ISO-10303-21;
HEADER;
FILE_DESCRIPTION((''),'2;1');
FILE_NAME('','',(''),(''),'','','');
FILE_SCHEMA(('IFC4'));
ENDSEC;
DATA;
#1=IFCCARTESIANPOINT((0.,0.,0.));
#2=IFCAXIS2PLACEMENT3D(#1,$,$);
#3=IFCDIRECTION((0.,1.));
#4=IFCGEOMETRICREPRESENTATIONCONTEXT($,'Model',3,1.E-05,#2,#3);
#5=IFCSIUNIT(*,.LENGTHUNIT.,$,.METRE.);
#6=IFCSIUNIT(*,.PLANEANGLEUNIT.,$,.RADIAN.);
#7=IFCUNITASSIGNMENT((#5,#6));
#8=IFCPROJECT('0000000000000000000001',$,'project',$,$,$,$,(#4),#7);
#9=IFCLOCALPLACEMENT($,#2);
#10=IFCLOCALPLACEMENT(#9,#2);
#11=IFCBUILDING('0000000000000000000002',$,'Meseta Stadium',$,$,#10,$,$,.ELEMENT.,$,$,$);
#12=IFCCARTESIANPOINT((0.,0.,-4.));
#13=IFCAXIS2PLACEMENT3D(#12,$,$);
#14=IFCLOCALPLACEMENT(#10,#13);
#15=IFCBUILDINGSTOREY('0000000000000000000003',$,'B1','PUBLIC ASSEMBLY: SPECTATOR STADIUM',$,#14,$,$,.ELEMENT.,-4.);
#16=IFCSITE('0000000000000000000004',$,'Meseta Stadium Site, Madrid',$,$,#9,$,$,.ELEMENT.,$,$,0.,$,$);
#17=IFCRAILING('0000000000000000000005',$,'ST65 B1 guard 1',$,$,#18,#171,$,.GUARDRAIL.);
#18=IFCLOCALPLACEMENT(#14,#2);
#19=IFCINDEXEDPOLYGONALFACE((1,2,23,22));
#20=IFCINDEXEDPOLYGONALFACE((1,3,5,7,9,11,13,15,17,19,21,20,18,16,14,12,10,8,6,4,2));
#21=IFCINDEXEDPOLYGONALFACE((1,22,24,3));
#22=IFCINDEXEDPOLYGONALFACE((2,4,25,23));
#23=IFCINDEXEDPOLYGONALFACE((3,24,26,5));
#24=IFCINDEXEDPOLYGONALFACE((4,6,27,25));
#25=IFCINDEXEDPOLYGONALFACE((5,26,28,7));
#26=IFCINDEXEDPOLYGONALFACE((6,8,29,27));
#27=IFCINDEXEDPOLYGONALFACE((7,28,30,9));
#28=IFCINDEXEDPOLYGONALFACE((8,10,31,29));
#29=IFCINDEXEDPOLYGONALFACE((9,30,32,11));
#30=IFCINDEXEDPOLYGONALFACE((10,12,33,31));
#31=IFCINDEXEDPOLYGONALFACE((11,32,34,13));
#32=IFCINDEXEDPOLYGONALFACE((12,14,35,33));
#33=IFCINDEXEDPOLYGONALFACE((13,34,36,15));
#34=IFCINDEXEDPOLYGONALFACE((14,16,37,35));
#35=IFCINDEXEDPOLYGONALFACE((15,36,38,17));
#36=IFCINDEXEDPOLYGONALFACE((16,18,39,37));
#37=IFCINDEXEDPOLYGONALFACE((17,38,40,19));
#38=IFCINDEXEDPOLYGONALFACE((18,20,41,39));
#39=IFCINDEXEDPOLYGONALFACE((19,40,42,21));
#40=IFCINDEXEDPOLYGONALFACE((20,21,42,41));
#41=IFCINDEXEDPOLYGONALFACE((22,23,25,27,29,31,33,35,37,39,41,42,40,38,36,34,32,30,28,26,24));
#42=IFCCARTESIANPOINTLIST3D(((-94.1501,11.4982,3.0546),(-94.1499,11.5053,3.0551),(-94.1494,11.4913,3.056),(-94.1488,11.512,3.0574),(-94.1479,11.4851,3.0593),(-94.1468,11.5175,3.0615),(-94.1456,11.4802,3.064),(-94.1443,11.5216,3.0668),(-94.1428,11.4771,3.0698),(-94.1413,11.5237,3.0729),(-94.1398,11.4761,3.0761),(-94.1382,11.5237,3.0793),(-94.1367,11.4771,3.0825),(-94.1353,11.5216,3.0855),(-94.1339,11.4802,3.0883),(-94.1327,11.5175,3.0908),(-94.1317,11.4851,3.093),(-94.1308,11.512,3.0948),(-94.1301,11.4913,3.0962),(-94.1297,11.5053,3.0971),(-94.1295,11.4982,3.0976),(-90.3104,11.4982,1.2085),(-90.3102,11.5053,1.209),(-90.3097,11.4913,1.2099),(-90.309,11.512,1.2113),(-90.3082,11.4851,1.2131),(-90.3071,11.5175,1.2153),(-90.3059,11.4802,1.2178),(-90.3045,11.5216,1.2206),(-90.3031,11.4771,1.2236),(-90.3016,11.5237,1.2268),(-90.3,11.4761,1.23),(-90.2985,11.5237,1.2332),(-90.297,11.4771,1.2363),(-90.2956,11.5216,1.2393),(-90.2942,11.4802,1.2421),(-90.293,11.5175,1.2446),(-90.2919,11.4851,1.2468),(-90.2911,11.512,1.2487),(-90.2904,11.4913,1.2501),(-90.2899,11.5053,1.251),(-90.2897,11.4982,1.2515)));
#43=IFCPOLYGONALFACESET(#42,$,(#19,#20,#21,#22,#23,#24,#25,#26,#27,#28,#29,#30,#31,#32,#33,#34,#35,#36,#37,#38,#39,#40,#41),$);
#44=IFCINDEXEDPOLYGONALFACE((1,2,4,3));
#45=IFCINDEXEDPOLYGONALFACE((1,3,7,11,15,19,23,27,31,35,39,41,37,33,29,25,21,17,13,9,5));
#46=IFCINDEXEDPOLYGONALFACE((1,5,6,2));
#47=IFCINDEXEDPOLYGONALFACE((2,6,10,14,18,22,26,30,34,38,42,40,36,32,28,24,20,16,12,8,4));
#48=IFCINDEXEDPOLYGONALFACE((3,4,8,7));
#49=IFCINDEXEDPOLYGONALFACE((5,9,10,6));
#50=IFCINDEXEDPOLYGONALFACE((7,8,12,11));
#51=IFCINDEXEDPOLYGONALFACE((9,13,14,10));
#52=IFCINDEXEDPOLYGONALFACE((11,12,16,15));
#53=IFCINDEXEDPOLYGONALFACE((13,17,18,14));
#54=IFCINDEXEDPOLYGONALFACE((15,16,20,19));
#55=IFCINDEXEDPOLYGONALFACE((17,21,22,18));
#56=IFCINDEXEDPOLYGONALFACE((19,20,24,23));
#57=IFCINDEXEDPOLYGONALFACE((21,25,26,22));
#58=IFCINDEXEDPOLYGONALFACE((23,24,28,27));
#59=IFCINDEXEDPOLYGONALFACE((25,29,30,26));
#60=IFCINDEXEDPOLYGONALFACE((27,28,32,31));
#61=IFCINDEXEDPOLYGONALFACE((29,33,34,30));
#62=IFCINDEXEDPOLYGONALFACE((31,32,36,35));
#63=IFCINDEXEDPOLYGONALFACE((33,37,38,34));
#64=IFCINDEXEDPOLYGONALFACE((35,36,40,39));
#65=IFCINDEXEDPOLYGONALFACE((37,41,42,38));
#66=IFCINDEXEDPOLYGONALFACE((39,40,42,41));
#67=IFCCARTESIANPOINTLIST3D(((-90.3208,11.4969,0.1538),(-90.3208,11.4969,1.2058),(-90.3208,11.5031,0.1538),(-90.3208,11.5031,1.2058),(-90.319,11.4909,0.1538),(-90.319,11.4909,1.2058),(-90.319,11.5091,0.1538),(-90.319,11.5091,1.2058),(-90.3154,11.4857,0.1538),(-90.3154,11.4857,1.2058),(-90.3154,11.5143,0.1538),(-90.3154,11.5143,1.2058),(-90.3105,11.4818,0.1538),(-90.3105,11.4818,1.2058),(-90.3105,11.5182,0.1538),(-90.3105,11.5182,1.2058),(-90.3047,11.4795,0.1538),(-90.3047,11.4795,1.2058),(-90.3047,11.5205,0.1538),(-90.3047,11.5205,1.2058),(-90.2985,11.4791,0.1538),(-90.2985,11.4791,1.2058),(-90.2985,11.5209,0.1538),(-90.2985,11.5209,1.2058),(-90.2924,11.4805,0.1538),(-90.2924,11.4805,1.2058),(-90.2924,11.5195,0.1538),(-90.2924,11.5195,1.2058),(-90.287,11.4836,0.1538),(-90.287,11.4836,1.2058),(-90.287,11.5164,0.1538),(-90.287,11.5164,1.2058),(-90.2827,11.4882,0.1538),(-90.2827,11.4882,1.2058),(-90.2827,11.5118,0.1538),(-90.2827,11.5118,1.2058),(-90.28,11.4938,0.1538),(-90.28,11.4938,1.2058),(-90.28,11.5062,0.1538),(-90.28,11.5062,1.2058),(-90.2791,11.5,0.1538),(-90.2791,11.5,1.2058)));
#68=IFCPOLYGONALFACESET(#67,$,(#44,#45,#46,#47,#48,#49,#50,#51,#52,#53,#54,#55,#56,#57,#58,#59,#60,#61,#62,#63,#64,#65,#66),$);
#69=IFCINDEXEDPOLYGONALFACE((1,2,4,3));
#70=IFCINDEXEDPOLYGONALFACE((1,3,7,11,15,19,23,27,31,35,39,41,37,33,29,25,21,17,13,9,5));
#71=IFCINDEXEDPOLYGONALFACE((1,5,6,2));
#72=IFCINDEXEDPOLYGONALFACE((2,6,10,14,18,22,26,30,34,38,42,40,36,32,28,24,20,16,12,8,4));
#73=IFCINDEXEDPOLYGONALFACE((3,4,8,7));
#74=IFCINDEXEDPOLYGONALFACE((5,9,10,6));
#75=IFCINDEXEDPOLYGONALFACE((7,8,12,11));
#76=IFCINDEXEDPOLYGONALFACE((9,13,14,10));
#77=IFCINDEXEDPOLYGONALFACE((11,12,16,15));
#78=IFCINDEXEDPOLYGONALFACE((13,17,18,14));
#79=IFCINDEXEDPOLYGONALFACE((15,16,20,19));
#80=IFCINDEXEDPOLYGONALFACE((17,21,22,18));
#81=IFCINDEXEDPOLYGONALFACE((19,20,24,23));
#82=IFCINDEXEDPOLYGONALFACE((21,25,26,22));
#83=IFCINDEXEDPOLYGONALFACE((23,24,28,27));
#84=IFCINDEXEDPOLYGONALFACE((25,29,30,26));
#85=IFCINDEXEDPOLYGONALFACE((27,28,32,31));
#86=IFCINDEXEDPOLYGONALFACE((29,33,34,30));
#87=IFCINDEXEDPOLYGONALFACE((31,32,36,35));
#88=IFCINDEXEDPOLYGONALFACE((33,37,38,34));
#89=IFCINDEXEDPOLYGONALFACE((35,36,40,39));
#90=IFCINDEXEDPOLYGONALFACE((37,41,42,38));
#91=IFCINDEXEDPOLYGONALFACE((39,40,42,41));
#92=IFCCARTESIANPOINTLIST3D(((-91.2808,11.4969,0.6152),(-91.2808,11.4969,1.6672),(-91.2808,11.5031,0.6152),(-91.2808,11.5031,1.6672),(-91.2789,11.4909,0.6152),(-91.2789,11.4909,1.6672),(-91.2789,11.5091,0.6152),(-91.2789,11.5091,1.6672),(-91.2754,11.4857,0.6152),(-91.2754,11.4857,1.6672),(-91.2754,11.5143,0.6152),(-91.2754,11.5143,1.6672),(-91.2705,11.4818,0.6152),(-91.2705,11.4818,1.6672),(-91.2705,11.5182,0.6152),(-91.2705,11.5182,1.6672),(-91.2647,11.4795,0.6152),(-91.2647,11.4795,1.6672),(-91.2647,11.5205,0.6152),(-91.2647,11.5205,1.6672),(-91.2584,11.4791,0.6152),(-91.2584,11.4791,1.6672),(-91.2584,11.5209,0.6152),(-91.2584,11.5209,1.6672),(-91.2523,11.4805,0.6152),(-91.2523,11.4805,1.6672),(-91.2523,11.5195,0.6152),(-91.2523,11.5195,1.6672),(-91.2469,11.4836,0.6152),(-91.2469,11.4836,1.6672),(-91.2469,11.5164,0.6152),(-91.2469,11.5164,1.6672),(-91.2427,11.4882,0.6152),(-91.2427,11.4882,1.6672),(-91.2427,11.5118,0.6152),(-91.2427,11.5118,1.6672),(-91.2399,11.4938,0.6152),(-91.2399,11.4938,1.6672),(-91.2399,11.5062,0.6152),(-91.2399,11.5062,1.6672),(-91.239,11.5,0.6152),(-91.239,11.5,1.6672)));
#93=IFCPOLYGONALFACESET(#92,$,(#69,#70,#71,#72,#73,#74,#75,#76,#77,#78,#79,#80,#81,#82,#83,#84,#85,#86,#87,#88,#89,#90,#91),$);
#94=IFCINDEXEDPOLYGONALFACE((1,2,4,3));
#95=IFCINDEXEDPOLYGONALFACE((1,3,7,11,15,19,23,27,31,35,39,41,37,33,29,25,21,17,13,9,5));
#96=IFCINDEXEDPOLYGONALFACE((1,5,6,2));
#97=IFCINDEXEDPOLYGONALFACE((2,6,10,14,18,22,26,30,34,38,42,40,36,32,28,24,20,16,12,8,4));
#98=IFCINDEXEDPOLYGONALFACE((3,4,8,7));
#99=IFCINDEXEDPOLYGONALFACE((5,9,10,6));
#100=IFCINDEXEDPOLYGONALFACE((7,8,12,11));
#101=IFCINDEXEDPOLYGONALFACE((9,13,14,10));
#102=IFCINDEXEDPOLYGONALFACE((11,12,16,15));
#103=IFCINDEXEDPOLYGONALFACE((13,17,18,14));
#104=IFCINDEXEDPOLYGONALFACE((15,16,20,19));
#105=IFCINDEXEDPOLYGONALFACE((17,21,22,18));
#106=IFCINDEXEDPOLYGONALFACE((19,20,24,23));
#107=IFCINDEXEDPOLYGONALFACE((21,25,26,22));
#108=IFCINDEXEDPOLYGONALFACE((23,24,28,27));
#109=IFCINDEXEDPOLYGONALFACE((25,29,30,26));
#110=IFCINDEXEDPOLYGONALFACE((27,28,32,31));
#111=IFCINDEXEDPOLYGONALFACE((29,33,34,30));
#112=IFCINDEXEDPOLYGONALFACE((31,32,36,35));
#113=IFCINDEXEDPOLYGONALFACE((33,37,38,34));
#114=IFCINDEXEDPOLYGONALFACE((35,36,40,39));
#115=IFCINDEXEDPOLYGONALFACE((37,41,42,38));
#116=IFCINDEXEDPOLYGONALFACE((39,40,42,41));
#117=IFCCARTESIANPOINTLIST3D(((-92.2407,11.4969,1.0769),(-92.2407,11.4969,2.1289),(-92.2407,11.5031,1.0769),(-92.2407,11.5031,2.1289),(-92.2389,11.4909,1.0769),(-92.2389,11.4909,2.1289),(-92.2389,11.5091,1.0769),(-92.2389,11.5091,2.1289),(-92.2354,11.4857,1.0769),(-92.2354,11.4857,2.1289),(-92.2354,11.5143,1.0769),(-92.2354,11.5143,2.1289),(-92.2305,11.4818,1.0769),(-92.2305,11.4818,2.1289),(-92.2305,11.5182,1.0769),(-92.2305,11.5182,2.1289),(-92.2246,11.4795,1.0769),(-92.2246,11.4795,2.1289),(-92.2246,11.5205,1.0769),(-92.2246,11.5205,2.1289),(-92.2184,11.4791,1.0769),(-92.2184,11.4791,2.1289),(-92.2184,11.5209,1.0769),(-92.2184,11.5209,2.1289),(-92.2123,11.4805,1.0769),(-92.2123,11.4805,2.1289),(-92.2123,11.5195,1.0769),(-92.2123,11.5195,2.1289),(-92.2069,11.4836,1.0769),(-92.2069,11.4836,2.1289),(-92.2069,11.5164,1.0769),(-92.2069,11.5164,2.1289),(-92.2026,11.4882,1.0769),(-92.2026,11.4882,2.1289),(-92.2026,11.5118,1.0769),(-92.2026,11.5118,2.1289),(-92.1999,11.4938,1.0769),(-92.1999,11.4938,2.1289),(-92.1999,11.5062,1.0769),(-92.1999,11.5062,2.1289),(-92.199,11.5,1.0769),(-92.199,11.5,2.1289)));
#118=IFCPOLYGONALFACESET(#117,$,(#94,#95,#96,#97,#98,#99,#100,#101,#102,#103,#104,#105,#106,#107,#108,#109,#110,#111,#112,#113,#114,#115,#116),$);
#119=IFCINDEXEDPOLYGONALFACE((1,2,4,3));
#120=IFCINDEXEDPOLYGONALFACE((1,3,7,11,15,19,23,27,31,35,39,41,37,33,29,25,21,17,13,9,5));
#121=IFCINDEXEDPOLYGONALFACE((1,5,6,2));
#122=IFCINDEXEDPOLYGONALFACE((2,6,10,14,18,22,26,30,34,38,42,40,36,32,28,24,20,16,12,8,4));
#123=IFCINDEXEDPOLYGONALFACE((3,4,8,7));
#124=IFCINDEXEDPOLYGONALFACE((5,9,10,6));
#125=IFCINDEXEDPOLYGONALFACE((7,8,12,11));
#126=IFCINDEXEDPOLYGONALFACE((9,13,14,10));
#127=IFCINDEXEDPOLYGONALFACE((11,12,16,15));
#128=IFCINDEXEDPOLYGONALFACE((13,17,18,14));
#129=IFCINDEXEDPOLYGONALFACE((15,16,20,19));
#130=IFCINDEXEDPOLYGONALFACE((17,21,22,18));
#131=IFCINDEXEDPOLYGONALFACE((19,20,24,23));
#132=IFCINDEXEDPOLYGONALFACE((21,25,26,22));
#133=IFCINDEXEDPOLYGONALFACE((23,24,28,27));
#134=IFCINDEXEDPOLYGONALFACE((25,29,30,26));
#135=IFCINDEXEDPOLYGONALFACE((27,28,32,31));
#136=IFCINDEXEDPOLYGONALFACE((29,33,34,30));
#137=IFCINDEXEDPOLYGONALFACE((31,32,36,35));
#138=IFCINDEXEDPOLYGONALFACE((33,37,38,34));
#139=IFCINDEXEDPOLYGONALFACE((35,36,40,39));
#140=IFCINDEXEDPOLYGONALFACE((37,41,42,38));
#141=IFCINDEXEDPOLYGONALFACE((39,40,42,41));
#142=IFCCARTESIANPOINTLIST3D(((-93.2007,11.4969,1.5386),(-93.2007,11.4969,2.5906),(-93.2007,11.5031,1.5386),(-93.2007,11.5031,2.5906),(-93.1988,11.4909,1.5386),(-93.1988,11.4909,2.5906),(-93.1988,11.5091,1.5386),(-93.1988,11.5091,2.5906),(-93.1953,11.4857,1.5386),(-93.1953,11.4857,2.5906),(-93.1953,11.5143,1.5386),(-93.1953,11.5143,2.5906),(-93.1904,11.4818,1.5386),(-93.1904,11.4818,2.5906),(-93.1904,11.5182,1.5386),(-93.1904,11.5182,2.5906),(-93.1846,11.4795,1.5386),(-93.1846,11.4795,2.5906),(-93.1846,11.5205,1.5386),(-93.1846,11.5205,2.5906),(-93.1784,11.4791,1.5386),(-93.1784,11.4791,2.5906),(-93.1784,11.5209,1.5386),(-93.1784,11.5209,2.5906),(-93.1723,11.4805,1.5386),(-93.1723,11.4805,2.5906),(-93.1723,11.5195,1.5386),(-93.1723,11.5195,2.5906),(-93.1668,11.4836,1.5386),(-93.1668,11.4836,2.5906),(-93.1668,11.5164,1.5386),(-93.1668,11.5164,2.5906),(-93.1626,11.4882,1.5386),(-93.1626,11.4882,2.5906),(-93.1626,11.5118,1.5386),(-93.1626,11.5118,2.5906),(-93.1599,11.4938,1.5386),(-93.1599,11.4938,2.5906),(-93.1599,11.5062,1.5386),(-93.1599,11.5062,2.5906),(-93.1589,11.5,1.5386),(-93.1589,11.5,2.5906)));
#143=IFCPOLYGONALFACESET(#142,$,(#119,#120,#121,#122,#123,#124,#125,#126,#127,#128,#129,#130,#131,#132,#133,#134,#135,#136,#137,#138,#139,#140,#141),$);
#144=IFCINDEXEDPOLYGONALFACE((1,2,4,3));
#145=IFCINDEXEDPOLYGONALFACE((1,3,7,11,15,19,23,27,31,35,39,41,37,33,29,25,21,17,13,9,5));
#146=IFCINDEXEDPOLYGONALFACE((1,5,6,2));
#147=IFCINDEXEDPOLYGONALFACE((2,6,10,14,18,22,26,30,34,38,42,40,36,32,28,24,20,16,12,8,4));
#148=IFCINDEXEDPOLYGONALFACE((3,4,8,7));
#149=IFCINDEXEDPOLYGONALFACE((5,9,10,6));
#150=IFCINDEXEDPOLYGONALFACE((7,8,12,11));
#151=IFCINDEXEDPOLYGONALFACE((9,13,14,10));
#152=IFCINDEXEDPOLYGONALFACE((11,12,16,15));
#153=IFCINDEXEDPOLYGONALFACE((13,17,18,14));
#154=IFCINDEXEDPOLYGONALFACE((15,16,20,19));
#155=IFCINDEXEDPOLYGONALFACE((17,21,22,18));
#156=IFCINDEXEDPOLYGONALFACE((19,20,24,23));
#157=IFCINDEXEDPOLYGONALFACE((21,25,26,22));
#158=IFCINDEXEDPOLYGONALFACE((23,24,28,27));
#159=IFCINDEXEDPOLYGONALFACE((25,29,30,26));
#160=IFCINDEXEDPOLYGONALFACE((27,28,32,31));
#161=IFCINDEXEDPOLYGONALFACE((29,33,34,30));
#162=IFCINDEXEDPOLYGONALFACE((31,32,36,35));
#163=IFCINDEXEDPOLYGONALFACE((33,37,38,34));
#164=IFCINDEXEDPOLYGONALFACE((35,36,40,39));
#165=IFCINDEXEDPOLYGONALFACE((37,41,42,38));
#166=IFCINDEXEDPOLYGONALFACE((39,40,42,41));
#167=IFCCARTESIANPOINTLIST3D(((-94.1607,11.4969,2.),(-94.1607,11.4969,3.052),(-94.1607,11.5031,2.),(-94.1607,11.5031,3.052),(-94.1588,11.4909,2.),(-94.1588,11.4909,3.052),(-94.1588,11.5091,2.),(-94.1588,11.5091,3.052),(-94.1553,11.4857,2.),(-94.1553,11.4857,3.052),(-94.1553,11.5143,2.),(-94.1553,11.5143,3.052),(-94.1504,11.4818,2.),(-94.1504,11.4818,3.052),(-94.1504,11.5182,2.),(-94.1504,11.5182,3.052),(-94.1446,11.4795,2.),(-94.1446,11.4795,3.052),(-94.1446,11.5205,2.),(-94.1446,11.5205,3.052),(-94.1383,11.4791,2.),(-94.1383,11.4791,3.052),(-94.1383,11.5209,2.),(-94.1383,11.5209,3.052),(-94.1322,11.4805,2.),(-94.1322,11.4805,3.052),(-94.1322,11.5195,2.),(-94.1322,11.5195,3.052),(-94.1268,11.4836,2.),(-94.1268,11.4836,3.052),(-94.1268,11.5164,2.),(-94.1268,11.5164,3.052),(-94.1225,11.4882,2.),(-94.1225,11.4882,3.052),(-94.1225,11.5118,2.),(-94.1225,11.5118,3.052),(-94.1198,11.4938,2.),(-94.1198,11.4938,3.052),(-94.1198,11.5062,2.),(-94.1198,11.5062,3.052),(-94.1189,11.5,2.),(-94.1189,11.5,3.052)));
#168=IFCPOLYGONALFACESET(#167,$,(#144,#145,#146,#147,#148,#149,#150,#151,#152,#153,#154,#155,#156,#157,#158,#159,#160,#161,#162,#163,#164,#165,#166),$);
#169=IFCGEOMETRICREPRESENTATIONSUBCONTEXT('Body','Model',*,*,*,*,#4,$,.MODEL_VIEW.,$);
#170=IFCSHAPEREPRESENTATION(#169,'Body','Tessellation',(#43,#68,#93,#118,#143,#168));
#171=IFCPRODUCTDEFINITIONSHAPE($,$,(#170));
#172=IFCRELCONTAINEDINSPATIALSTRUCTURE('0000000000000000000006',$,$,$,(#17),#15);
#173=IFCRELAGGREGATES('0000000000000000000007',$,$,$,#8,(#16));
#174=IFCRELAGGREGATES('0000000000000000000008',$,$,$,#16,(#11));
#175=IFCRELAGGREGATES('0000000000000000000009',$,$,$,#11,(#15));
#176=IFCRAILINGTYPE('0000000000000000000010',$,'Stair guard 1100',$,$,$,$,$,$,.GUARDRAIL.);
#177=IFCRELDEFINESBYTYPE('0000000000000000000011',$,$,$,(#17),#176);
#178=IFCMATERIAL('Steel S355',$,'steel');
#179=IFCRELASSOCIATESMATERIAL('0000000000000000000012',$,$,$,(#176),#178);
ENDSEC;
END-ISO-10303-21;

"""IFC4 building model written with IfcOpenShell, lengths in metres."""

from ifc_helpers import new_model, si_unit, direction, frame, origin, origin_2d, place, context, subcontext, project, spatial, circle, extrude, material, type_object, element, save


model = new_model("IFC4")

# Units and contexts
model_context = context("Model", 3, precision=1e-05, world=origin(), true_north=direction((0.0, 1.0)))
body_context = subcontext(model_context, "Body", "Model", "MODEL_VIEW")
ifc_project = project(units=[si_unit("LENGTHUNIT", "METRE"), si_unit("PLANEANGLEUNIT", "RADIAN")], contexts=[model_context])

# Site, building, storey
site_placement = place(None, origin())
site = spatial("IfcSite", under=ifc_project, at=site_placement, Name="Meseta Stadium Site, Madrid", CompositionType="ELEMENT", RefElevation=0.0)
building_placement = place(site_placement, origin())
building = spatial("IfcBuilding", under=site, at=building_placement, Name="Meseta Stadium", CompositionType="ELEMENT")
storey_placement = place(building_placement, frame((0.0, 0.0, -4.0)))
storey = spatial("IfcBuildingStorey", under=building, at=storey_placement, Name="B1", Description="PUBLIC ASSEMBLY: SPECTATOR STADIUM", CompositionType="ELEMENT", Elevation=-4.0)

# Railing
ifc_material_1 = material(Name="Steel S355", Category="steel")
railing_type_1 = type_object("IfcRailingType", Name="Stair guard 1100", PredefinedType="GUARDRAIL", material=ifc_material_1)
railing_1_placement = place(storey_placement, frame((-90.3, 11.5, 0.1538)))
element("IfcRailing", 1, at=railing_1_placement, inside=storey, type_object=railing_type_1, Name="ST65 B1 guard 1", PredefinedType="GUARDRAIL", context=body_context, shape_type="SweptSolid", body=[
    extrude(circle(Radius=0.0239, at=origin_2d()), frame((0.0, 0.0, 1.0762), z_axis=(-0.901242, 0.0, 0.433316), x_axis=(0.0, -1.0, 0.0)), (0.0, 0.0, 1.0), 4.2605),
    extrude(circle(Radius=0.021, at=origin_2d()), origin(), (0.0, 0.0, 1.0), 1.052),
    extrude(circle(Radius=0.021, at=origin_2d()), frame((-0.96, 0.0, 0.4614)), (0.0, 0.0, 1.0), 1.052),
    extrude(circle(Radius=0.021, at=origin_2d()), frame((-1.9199, 0.0, 0.9231)), (0.0, 0.0, 1.0), 1.052),
    extrude(circle(Radius=0.021, at=origin_2d()), frame((-2.8799, 0.0, 1.3848)), (0.0, 0.0, 1.0), 1.052),
    extrude(circle(Radius=0.021, at=origin_2d()), frame((-3.8398, 0.0, 1.8462)), (0.0, 0.0, 1.0), 1.052),
])

save(model, "model.ifc")
